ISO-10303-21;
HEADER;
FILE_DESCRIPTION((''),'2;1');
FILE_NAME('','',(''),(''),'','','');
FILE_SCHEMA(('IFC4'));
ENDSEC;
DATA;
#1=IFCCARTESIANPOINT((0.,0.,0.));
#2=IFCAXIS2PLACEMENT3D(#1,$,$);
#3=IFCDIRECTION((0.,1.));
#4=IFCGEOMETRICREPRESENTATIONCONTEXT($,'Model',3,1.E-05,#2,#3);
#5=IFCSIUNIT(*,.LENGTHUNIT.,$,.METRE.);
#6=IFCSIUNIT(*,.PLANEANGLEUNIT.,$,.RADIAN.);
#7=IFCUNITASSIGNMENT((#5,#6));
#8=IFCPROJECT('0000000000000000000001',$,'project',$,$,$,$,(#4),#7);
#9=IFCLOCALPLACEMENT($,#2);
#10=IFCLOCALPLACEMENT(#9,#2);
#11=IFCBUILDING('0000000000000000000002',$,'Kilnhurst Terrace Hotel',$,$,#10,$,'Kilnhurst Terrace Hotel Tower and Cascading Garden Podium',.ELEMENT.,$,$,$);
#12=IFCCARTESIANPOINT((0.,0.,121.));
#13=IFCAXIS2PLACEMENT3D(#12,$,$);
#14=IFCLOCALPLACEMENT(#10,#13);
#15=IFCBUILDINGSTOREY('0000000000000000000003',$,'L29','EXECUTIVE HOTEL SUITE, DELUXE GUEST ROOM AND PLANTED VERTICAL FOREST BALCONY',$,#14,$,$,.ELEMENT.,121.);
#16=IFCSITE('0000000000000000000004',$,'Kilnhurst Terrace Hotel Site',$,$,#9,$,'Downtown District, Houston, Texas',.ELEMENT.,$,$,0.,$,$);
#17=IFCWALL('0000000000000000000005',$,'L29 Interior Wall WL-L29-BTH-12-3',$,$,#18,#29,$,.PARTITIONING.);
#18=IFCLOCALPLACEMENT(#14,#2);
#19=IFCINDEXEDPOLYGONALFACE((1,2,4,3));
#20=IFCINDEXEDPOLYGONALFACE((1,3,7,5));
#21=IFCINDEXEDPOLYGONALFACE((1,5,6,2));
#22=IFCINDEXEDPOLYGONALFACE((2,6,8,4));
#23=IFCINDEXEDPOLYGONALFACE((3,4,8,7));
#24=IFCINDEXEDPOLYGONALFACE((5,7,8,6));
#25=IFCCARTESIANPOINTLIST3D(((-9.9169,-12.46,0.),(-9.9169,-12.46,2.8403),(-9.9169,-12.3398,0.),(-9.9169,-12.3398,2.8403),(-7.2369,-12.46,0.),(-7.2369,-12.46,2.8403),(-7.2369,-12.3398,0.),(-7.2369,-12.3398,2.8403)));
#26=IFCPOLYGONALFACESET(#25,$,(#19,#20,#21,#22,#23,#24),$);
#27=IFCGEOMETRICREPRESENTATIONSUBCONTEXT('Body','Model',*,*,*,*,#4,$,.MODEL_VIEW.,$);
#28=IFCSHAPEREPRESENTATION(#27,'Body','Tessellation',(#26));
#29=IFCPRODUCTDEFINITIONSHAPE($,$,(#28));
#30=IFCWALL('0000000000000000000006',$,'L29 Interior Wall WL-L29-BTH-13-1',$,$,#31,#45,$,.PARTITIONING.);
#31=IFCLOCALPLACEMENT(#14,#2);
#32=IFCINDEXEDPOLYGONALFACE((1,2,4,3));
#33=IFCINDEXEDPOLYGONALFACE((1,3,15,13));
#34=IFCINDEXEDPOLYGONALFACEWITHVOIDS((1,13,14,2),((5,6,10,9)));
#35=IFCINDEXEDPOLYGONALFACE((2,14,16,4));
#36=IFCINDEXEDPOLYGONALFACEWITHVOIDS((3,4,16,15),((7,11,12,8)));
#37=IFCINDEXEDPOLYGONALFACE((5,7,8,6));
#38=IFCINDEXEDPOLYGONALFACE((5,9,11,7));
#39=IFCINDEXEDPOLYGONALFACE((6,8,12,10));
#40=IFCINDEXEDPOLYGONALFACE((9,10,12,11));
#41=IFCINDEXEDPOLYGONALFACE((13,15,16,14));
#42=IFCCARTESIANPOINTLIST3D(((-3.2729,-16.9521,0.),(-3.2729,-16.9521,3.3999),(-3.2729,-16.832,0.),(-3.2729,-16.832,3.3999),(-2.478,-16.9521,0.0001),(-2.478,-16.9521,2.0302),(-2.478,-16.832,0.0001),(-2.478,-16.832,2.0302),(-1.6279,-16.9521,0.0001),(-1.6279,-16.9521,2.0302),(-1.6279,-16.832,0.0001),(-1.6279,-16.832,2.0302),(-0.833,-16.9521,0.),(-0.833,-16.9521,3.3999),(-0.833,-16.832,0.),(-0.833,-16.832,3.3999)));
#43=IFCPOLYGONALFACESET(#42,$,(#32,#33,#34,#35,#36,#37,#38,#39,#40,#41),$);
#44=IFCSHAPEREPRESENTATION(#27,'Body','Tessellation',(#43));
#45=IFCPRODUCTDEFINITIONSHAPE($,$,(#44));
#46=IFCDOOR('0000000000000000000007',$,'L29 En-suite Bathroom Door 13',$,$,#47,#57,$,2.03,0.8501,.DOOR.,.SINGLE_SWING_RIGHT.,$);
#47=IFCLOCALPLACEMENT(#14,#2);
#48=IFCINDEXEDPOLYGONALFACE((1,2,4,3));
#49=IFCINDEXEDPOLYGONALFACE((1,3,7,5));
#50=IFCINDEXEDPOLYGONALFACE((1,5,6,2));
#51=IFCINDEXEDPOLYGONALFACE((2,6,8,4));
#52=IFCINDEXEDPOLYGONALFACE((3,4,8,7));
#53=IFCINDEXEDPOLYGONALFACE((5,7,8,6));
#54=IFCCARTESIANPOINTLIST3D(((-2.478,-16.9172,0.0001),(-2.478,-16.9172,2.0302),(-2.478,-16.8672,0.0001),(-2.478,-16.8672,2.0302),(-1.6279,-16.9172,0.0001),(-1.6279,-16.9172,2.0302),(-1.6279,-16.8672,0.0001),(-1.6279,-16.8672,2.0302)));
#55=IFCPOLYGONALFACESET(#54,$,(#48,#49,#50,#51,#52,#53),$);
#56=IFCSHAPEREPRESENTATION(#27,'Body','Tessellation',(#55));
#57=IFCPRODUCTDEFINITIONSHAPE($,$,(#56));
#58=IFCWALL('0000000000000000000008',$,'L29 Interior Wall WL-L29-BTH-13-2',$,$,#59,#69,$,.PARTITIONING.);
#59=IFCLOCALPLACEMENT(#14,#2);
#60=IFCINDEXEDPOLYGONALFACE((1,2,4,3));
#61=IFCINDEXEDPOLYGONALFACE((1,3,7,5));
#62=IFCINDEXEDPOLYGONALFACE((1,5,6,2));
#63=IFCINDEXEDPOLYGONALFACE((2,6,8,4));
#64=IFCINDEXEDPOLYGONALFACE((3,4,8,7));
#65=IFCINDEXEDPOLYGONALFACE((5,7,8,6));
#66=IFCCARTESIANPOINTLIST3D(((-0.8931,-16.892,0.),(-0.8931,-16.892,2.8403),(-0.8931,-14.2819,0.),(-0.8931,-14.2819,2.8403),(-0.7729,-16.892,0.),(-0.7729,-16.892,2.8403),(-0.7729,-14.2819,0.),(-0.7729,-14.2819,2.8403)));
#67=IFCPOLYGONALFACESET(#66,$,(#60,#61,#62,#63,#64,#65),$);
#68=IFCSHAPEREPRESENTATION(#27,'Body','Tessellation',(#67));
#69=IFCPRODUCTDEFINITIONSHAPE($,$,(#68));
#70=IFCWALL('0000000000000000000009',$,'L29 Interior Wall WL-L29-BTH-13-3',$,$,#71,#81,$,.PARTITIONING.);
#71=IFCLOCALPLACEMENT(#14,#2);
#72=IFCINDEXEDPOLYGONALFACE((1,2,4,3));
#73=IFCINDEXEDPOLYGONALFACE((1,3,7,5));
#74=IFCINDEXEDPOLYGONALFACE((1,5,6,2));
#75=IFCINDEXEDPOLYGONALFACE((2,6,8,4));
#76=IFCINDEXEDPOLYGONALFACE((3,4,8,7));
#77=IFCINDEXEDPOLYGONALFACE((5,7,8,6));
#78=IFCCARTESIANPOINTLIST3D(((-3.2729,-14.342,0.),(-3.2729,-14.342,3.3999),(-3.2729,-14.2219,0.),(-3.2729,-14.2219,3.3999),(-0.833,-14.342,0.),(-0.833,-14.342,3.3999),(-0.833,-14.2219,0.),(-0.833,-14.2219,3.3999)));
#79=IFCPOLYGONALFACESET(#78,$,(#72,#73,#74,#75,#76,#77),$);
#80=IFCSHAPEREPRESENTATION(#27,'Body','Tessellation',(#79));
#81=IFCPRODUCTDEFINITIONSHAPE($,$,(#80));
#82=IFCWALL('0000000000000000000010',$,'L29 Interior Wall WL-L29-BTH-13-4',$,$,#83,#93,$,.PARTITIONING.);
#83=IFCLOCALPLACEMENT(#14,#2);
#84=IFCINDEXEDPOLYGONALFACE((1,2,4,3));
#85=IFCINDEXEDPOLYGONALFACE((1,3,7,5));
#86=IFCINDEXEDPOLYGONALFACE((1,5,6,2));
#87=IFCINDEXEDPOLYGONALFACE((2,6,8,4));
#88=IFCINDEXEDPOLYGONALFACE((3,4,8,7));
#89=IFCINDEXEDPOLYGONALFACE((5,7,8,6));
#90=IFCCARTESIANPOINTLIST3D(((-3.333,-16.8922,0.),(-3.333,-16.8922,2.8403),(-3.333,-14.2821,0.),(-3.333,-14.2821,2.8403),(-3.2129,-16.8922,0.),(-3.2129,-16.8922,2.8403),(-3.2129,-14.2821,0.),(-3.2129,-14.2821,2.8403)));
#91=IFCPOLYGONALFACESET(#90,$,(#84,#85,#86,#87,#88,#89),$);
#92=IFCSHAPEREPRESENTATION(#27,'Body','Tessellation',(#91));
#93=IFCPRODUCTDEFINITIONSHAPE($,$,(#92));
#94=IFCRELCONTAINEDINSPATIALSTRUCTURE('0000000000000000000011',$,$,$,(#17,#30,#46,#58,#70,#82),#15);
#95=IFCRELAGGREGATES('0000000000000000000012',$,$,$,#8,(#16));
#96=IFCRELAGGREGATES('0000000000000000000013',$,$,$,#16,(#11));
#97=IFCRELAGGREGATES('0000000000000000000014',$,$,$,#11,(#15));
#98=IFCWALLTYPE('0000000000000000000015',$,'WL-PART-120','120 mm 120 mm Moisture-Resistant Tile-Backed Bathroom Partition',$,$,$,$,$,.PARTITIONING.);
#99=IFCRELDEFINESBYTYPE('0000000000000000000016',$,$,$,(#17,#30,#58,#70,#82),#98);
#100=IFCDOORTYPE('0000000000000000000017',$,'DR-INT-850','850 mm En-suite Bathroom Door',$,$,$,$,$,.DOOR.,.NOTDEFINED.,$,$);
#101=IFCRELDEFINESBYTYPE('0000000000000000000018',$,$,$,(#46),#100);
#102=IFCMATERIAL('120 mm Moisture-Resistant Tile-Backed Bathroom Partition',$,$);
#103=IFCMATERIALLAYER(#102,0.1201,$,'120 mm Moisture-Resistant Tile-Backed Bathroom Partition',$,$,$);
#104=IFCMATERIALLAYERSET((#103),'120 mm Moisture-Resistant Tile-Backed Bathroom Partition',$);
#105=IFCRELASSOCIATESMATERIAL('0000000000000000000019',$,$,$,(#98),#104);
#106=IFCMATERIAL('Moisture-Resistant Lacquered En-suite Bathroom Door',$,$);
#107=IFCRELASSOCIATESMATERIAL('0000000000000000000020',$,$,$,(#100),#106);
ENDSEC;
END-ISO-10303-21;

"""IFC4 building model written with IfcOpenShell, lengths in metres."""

from ifc_helpers import new_model, si_unit, direction, frame, frame_2d, origin, place, context, subcontext, project, spatial, rectangle, extrude, material, layer, layer_set, type_object, element, fill, save


model = new_model("IFC4")

# Units and contexts
model_context = context("Model", 3, precision=1e-05, world=origin(), true_north=direction((0.0, 1.0)))
body_context = subcontext(model_context, "Body", "Model", "MODEL_VIEW")
ifc_project = project(units=[si_unit("LENGTHUNIT", "METRE"), si_unit("PLANEANGLEUNIT", "RADIAN")], contexts=[model_context])

# Site, building, storey
site_placement = place(None, origin())
site = spatial("IfcSite", under=ifc_project, at=site_placement, Name="Kilnhurst Terrace Hotel Site", LongName="Downtown District, Houston, Texas", CompositionType="ELEMENT", RefElevation=0.0)
building_placement = place(site_placement, origin())
building = spatial("IfcBuilding", under=site, at=building_placement, Name="Kilnhurst Terrace Hotel", LongName="Kilnhurst Terrace Hotel Tower and Cascading Garden Podium", CompositionType="ELEMENT")
storey_placement = place(building_placement, frame((0.0, 0.0, 121.0)))
storey = spatial("IfcBuildingStorey", under=building, at=storey_placement, Name="L29", Description="EXECUTIVE HOTEL SUITE, DELUXE GUEST ROOM AND PLANTED VERTICAL FOREST BALCONY", CompositionType="ELEMENT", Elevation=121.0)

# Wall
ifc_material_1 = material(Name="120 mm Moisture-Resistant Tile-Backed Bathroom Partition")
ifc_layer_1 = layer(ifc_material_1, 0.1201, Name="120 mm Moisture-Resistant Tile-Backed Bathroom Partition")
ifc_layer_set_1 = layer_set([ifc_layer_1], Name="120 mm Moisture-Resistant Tile-Backed Bathroom Partition")
wall_type_1 = type_object("IfcWallType", Name="WL-PART-120", Description="120 mm 120 mm Moisture-Resistant Tile-Backed Bathroom Partition", PredefinedType="PARTITIONING", material=ifc_layer_set_1)
wall_1_placement = place(storey_placement, frame((-7.2371, -12.3999, 0.0), z_axis=(0.0, 0.0, 1.0), x_axis=(-1.0, 0.0, 0.0)))
element("IfcWall", 1, at=wall_1_placement, inside=storey, type_object=wall_type_1, Name="L29 Interior Wall WL-L29-BTH-12-3", PredefinedType="PARTITIONING", context=body_context, shape_type="SweptSolid", body=[
    extrude(rectangle(XDim=2.6799, YDim=0.1201, at=frame_2d((1.3398, 0.0))), origin(), (0.0, 0.0, 1.0), 2.8403),
])

# Wall, opening, door
wall_2_placement = place(storey_placement, frame((-3.2729, -16.8921, 0.0), z_axis=(0.0, 0.0, 1.0), x_axis=(1.0, 0.0, 0.0)))
wall_2 = element("IfcWall", 2, at=wall_2_placement, inside=storey, type_object=wall_type_1, Name="L29 Interior Wall WL-L29-BTH-13-1", PredefinedType="PARTITIONING", context=body_context, shape_type="SweptSolid", body=[
    extrude(rectangle(XDim=2.4399, YDim=0.1201, at=frame_2d((1.22, 0.0))), origin(), (0.0, 0.0, 1.0), 3.3999),
])
opening_placement = place(wall_2_placement, frame((0.7949, 0.0, 0.0)))
opening = element("IfcOpeningElement", 3, at=opening_placement, cuts=wall_2, PredefinedType="OPENING", context=body_context, shape_type="SweptSolid", body=[
    extrude(rectangle(XDim=0.8501, YDim=2.03, at=frame_2d((0.425, 1.0151))), frame((0.0, 0.0701, 0.0), z_axis=(0.0, -1.0, 0.0), x_axis=(1.0, 0.0, 0.0)), (0.0, 0.0, 1.0), 0.1401),
])
ifc_material_2 = material(Name="Moisture-Resistant Lacquered En-suite Bathroom Door")
door_type = type_object("IfcDoorType", Name="DR-INT-850", Description="850 mm En-suite Bathroom Door", OperationType="NOTDEFINED", PredefinedType="DOOR", material=ifc_material_2)
door_placement = place(opening_placement, origin())
door = element("IfcDoor", 4, at=door_placement, inside=storey, type_object=door_type, Name="L29 En-suite Bathroom Door 13", OperationType="SINGLE_SWING_RIGHT", OverallHeight=2.03, OverallWidth=0.8501, PredefinedType="DOOR", context=body_context, shape_type="SweptSolid", body=[
    extrude(rectangle(XDim=0.8501, YDim=2.03, at=frame_2d((0.425, 1.0151))), frame((0.0, 0.0249, 0.0), z_axis=(0.0, -1.0, 0.0), x_axis=(1.0, 0.0, 0.0)), (0.0, 0.0, 1.0), 0.05),
])
fill(opening, door)

# Walls
wall_3_placement = place(storey_placement, frame((-0.833, -16.8921, 0.0), z_axis=(0.0, 0.0, 1.0), x_axis=(0.0, 1.0, 0.0)))
element("IfcWall", 5, at=wall_3_placement, inside=storey, type_object=wall_type_1, Name="L29 Interior Wall WL-L29-BTH-13-2", PredefinedType="PARTITIONING", context=body_context, shape_type="SweptSolid", body=[
    extrude(rectangle(XDim=2.6101, YDim=0.1201, at=frame_2d((1.3052, 0.0))), origin(), (0.0, 0.0, 1.0), 2.8403),
])
wall_4_placement = place(storey_placement, frame((-0.833, -14.282, 0.0), z_axis=(0.0, 0.0, 1.0), x_axis=(-1.0, 0.0, 0.0)))
element("IfcWall", 6, at=wall_4_placement, inside=storey, type_object=wall_type_1, Name="L29 Interior Wall WL-L29-BTH-13-3", PredefinedType="PARTITIONING", context=body_context, shape_type="SweptSolid", body=[
    extrude(rectangle(XDim=2.4399, YDim=0.1201, at=frame_2d((1.22, 0.0))), origin(), (0.0, 0.0, 1.0), 3.3999),
])
wall_5_placement = place(storey_placement, frame((-3.2729, -14.282, 0.0), z_axis=(0.0, 0.0, 1.0), x_axis=(0.0, -1.0, 0.0)))
element("IfcWall", 7, at=wall_5_placement, inside=storey, type_object=wall_type_1, Name="L29 Interior Wall WL-L29-BTH-13-4", PredefinedType="PARTITIONING", context=body_context, shape_type="SweptSolid", body=[
    extrude(rectangle(XDim=2.6101, YDim=0.1201, at=frame_2d((1.3052, 0.0))), origin(), (0.0, 0.0, 1.0), 2.8403),
])

save(model, "model.ifc")
